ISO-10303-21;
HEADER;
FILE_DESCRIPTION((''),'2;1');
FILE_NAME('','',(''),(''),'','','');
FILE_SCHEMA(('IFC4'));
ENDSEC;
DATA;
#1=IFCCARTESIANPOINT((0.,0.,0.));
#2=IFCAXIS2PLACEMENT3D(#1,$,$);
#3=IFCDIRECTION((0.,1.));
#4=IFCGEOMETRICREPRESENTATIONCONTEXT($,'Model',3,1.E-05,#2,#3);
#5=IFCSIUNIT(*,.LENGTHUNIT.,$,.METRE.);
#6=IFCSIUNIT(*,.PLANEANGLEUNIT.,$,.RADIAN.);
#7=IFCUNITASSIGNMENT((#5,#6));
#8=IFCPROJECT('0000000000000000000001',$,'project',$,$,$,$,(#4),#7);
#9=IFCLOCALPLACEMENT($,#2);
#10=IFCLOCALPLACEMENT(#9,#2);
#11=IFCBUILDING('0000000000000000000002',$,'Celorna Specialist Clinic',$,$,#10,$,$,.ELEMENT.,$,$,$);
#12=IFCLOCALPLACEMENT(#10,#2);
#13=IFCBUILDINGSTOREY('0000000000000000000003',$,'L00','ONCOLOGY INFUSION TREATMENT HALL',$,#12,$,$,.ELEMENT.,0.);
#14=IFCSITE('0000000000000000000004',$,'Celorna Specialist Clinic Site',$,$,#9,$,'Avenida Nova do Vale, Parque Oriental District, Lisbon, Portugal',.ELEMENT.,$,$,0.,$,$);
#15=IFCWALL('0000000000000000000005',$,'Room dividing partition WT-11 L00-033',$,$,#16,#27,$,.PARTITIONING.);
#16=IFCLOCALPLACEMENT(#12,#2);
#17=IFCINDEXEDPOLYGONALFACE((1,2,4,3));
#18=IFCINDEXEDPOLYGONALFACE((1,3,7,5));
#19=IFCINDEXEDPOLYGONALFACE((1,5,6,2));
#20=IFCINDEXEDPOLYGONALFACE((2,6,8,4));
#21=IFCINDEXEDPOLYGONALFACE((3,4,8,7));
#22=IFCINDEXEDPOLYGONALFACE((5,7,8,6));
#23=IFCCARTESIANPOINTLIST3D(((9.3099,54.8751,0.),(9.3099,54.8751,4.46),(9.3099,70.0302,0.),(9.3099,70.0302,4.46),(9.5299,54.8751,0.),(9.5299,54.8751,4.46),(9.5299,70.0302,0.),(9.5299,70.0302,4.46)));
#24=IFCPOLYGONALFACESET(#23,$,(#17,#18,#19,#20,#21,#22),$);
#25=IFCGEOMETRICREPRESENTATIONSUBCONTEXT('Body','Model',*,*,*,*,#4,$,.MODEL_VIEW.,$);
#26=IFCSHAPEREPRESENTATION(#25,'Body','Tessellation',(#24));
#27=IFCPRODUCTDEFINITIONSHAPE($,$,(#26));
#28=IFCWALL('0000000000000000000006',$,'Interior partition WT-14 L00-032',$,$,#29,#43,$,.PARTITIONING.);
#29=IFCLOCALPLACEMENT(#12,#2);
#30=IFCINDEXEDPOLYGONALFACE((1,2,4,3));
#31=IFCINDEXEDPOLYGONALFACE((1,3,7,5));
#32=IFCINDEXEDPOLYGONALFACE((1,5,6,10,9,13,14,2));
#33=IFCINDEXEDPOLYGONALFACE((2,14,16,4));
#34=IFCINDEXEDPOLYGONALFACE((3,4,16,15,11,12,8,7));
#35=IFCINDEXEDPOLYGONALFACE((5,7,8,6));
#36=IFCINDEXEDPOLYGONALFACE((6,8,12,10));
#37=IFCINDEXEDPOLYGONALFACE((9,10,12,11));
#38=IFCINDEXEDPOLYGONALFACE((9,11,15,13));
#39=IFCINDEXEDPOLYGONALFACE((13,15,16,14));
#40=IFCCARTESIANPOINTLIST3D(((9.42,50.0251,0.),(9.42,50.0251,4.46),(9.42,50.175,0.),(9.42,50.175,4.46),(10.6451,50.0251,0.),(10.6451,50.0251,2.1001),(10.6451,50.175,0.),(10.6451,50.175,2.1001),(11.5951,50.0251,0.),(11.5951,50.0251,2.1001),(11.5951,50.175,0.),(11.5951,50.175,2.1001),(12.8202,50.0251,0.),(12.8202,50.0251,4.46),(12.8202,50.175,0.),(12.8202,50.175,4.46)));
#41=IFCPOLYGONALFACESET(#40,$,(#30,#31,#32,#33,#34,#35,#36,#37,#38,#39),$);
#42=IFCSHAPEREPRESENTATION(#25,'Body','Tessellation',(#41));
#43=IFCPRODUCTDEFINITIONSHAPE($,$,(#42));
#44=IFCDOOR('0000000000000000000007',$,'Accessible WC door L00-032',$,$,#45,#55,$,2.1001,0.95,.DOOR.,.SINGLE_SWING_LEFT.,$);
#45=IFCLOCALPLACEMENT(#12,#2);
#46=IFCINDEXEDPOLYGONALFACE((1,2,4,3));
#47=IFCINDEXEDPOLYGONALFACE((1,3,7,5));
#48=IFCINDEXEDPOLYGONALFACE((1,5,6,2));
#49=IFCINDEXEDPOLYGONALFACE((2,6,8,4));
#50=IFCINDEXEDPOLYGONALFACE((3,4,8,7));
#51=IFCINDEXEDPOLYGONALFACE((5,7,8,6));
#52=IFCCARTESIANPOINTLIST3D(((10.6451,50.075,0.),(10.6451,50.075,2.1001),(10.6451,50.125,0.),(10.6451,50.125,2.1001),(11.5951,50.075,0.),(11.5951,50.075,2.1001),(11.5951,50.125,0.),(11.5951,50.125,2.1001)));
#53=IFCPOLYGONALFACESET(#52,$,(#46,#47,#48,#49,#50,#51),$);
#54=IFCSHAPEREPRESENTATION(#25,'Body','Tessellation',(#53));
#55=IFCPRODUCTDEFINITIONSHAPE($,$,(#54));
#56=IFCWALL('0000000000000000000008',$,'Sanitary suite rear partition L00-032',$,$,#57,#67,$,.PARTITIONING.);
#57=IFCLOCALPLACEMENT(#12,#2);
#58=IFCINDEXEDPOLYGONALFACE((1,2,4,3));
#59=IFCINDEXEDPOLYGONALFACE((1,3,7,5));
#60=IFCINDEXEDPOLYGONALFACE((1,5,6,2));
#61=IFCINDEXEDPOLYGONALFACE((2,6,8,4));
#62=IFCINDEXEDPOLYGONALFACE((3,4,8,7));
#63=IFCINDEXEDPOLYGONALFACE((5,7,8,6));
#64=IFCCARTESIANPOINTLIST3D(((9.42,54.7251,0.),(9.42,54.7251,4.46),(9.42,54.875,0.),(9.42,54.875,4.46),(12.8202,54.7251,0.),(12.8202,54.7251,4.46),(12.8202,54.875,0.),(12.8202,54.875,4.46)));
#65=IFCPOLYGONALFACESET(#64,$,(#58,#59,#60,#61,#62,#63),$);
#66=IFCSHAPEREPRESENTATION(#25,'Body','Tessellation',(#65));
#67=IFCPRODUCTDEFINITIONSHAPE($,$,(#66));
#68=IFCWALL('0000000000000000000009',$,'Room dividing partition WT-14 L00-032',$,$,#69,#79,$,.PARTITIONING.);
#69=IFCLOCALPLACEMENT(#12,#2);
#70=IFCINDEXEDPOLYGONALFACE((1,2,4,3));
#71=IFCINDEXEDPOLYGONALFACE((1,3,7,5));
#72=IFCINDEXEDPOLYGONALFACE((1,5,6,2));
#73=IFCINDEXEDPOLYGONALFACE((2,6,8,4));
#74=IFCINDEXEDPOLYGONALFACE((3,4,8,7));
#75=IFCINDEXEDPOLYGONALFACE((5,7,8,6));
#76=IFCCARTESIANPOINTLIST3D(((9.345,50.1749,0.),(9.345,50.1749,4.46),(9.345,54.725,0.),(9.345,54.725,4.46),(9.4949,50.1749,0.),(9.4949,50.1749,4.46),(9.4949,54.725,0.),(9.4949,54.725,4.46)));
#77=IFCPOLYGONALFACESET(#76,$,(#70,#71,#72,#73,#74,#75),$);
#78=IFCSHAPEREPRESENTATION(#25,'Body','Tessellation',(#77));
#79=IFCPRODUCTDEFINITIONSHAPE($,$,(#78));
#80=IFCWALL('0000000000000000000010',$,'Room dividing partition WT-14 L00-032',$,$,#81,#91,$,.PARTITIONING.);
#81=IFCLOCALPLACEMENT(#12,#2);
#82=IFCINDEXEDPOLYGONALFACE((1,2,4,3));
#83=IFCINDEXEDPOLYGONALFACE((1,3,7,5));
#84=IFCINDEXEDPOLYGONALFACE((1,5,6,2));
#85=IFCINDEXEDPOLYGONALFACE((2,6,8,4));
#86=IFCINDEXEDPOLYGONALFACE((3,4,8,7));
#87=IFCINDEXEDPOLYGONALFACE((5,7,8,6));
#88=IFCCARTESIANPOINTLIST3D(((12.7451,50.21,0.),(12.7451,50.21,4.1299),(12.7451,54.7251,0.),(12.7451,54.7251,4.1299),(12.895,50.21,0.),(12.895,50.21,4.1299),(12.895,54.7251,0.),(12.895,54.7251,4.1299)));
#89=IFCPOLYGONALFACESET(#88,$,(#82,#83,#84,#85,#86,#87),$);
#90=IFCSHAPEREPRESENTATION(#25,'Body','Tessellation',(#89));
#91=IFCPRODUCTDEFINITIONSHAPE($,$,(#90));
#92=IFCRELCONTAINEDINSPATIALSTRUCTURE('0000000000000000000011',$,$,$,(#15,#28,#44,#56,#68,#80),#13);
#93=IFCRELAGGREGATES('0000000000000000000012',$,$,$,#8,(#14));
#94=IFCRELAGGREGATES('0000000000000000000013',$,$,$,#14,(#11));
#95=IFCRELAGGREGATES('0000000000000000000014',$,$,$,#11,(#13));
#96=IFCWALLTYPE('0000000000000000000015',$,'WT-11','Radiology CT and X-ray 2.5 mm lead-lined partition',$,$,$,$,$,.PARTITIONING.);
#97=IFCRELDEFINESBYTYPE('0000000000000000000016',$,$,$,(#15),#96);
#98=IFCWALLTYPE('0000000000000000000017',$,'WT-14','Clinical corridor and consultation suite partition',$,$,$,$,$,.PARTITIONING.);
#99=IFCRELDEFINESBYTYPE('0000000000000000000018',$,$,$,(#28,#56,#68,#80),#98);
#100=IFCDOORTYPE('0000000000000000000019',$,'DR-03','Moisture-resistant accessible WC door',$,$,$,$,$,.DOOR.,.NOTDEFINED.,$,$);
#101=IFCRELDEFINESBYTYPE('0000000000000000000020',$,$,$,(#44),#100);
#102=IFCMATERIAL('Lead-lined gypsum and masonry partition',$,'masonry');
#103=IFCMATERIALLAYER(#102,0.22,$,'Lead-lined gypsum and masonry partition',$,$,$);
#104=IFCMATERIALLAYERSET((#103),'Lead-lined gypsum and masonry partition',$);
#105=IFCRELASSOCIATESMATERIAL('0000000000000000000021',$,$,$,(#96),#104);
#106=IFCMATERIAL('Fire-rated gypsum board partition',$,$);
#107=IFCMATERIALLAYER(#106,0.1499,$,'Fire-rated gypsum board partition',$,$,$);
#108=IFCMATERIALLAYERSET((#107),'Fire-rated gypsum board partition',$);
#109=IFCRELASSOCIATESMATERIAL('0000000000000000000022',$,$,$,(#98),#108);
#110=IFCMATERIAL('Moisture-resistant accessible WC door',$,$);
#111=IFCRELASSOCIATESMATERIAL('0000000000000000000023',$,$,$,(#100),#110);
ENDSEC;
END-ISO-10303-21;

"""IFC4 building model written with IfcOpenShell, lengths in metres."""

from ifc_helpers import new_model, si_unit, direction, frame, frame_2d, origin, place, context, subcontext, project, spatial, rectangle, extrude, material, layer, layer_set, type_object, element, fill, save


model = new_model("IFC4")

# Units and contexts
model_context = context("Model", 3, precision=1e-05, world=origin(), true_north=direction((0.0, 1.0)))
body_context = subcontext(model_context, "Body", "Model", "MODEL_VIEW")
ifc_project = project(units=[si_unit("LENGTHUNIT", "METRE"), si_unit("PLANEANGLEUNIT", "RADIAN")], contexts=[model_context])

# Site, building, storey
site_placement = place(None, origin())
site = spatial("IfcSite", under=ifc_project, at=site_placement, Name="Celorna Specialist Clinic Site", LongName="Avenida Nova do Vale, Parque Oriental District, Lisbon, Portugal", CompositionType="ELEMENT", RefElevation=0.0)
building_placement = place(site_placement, origin())
building = spatial("IfcBuilding", under=site, at=building_placement, Name="Celorna Specialist Clinic", CompositionType="ELEMENT")
storey_placement = place(building_placement, origin())
storey = spatial("IfcBuildingStorey", under=building, at=storey_placement, Name="L00", Description="ONCOLOGY INFUSION TREATMENT HALL", CompositionType="ELEMENT", Elevation=0.0)

# Shared definitions
ifc_material_1 = material(Name="Lead-lined gypsum and masonry partition", Category="masonry")
ifc_layer_1 = layer(ifc_material_1, 0.22, Name="Lead-lined gypsum and masonry partition")
ifc_layer_set_1 = layer_set([ifc_layer_1], Name="Lead-lined gypsum and masonry partition")
wall_type_1 = type_object("IfcWallType", Name="WT-11", Description="Radiology CT and X-ray 2.5 mm lead-lined partition", PredefinedType="PARTITIONING", material=ifc_layer_set_1)

# Wall
wall_1_placement = place(storey_placement, frame((9.4199, 54.875, 0.0), z_axis=(0.0, 0.0, 1.0), x_axis=(0.0, 1.0, 0.0)))
element("IfcWall", 1, at=wall_1_placement, inside=storey, type_object=wall_type_1, Name="Room dividing partition WT-11 L00-033", PredefinedType="PARTITIONING", context=body_context, shape_type="SweptSolid", body=[
    extrude(rectangle(XDim=15.155, YDim=0.22, at=frame_2d((7.5776, 0.0))), origin(), (0.0, 0.0, 1.0), 4.46),
])

# Wall, opening, door
ifc_material_2 = material(Name="Fire-rated gypsum board partition")
ifc_layer_2 = layer(ifc_material_2, 0.1499, Name="Fire-rated gypsum board partition")
ifc_layer_set_2 = layer_set([ifc_layer_2], Name="Fire-rated gypsum board partition")
wall_type_2 = type_object("IfcWallType", Name="WT-14", Description="Clinical corridor and consultation suite partition", PredefinedType="PARTITIONING", material=ifc_layer_set_2)
wall_2_placement = place(storey_placement, frame((9.4199, 50.1001, 0.0), z_axis=(0.0, 0.0, 1.0), x_axis=(1.0, 0.0, 0.0)))
wall_2 = element("IfcWall", 2, at=wall_2_placement, inside=storey, type_object=wall_type_2, Name="Interior partition WT-14 L00-032", PredefinedType="PARTITIONING", context=body_context, shape_type="SweptSolid", body=[
    extrude(rectangle(XDim=3.4001, YDim=0.1499, at=frame_2d((1.7002, 0.0))), origin(), (0.0, 0.0, 1.0), 4.46),
])
opening_1_placement = place(wall_2_placement, frame((1.2251, 0.0, 0.0)))
opening_1 = element("IfcOpeningElement", 3, at=opening_1_placement, cuts=wall_2, PredefinedType="OPENING", context=body_context, shape_type="SweptSolid", body=[
    extrude(rectangle(XDim=0.95, YDim=2.1001, at=frame_2d((0.4751, 1.05))), frame((0.0, 0.085, 0.0), z_axis=(0.0, -1.0, 0.0), x_axis=(1.0, 0.0, 0.0)), (0.0, 0.0, 1.0), 0.1699),
])
ifc_material_3 = material(Name="Moisture-resistant accessible WC door")
door_type_1 = type_object("IfcDoorType", Name="DR-03", Description="Moisture-resistant accessible WC door", OperationType="NOTDEFINED", PredefinedType="DOOR", material=ifc_material_3)
door_1_placement = place(opening_1_placement, origin())
door_1 = element("IfcDoor", 4, at=door_1_placement, inside=storey, type_object=door_type_1, Name="Accessible WC door L00-032", OperationType="SINGLE_SWING_LEFT", OverallHeight=2.1001, OverallWidth=0.95, PredefinedType="DOOR", context=body_context, shape_type="SweptSolid", body=[
    extrude(rectangle(XDim=0.95, YDim=2.1001, at=frame_2d((0.4751, 1.05))), frame((0.0, 0.0249, 0.0), z_axis=(0.0, -1.0, 0.0), x_axis=(1.0, 0.0, 0.0)), (0.0, 0.0, 1.0), 0.05),
])
fill(opening_1, door_1)

# Walls
wall_3_placement = place(storey_placement, frame((9.4199, 54.8, 0.0), z_axis=(0.0, 0.0, 1.0), x_axis=(1.0, 0.0, 0.0)))
element("IfcWall", 5, at=wall_3_placement, inside=storey, type_object=wall_type_2, Name="Sanitary suite rear partition L00-032", PredefinedType="PARTITIONING", context=body_context, shape_type="SweptSolid", body=[
    extrude(rectangle(XDim=3.4001, YDim=0.1499, at=frame_2d((1.7002, 0.0))), origin(), (0.0, 0.0, 1.0), 4.46),
])
wall_4_placement = place(storey_placement, frame((9.4199, 50.175, 0.0), z_axis=(0.0, 0.0, 1.0), x_axis=(0.0, 1.0, 0.0)))
element("IfcWall", 6, at=wall_4_placement, inside=storey, type_object=wall_type_2, Name="Room dividing partition WT-14 L00-032", PredefinedType="PARTITIONING", context=body_context, shape_type="SweptSolid", body=[
    extrude(rectangle(XDim=4.55, YDim=0.1499, at=frame_2d((2.2749, 0.0))), origin(), (0.0, 0.0, 1.0), 4.46),
])
wall_5_placement = place(storey_placement, frame((12.8201, 50.21, 0.0), z_axis=(0.0, 0.0, 1.0), x_axis=(0.0, 1.0, 0.0)))
element("IfcWall", 7, at=wall_5_placement, inside=storey, type_object=wall_type_2, Name="Room dividing partition WT-14 L00-032", PredefinedType="PARTITIONING", context=body_context, shape_type="SweptSolid", body=[
    extrude(rectangle(XDim=4.5151, YDim=0.1499, at=frame_2d((2.2576, 0.0))), origin(), (0.0, 0.0, 1.0), 4.1299),
])

save(model, "model.ifc")
